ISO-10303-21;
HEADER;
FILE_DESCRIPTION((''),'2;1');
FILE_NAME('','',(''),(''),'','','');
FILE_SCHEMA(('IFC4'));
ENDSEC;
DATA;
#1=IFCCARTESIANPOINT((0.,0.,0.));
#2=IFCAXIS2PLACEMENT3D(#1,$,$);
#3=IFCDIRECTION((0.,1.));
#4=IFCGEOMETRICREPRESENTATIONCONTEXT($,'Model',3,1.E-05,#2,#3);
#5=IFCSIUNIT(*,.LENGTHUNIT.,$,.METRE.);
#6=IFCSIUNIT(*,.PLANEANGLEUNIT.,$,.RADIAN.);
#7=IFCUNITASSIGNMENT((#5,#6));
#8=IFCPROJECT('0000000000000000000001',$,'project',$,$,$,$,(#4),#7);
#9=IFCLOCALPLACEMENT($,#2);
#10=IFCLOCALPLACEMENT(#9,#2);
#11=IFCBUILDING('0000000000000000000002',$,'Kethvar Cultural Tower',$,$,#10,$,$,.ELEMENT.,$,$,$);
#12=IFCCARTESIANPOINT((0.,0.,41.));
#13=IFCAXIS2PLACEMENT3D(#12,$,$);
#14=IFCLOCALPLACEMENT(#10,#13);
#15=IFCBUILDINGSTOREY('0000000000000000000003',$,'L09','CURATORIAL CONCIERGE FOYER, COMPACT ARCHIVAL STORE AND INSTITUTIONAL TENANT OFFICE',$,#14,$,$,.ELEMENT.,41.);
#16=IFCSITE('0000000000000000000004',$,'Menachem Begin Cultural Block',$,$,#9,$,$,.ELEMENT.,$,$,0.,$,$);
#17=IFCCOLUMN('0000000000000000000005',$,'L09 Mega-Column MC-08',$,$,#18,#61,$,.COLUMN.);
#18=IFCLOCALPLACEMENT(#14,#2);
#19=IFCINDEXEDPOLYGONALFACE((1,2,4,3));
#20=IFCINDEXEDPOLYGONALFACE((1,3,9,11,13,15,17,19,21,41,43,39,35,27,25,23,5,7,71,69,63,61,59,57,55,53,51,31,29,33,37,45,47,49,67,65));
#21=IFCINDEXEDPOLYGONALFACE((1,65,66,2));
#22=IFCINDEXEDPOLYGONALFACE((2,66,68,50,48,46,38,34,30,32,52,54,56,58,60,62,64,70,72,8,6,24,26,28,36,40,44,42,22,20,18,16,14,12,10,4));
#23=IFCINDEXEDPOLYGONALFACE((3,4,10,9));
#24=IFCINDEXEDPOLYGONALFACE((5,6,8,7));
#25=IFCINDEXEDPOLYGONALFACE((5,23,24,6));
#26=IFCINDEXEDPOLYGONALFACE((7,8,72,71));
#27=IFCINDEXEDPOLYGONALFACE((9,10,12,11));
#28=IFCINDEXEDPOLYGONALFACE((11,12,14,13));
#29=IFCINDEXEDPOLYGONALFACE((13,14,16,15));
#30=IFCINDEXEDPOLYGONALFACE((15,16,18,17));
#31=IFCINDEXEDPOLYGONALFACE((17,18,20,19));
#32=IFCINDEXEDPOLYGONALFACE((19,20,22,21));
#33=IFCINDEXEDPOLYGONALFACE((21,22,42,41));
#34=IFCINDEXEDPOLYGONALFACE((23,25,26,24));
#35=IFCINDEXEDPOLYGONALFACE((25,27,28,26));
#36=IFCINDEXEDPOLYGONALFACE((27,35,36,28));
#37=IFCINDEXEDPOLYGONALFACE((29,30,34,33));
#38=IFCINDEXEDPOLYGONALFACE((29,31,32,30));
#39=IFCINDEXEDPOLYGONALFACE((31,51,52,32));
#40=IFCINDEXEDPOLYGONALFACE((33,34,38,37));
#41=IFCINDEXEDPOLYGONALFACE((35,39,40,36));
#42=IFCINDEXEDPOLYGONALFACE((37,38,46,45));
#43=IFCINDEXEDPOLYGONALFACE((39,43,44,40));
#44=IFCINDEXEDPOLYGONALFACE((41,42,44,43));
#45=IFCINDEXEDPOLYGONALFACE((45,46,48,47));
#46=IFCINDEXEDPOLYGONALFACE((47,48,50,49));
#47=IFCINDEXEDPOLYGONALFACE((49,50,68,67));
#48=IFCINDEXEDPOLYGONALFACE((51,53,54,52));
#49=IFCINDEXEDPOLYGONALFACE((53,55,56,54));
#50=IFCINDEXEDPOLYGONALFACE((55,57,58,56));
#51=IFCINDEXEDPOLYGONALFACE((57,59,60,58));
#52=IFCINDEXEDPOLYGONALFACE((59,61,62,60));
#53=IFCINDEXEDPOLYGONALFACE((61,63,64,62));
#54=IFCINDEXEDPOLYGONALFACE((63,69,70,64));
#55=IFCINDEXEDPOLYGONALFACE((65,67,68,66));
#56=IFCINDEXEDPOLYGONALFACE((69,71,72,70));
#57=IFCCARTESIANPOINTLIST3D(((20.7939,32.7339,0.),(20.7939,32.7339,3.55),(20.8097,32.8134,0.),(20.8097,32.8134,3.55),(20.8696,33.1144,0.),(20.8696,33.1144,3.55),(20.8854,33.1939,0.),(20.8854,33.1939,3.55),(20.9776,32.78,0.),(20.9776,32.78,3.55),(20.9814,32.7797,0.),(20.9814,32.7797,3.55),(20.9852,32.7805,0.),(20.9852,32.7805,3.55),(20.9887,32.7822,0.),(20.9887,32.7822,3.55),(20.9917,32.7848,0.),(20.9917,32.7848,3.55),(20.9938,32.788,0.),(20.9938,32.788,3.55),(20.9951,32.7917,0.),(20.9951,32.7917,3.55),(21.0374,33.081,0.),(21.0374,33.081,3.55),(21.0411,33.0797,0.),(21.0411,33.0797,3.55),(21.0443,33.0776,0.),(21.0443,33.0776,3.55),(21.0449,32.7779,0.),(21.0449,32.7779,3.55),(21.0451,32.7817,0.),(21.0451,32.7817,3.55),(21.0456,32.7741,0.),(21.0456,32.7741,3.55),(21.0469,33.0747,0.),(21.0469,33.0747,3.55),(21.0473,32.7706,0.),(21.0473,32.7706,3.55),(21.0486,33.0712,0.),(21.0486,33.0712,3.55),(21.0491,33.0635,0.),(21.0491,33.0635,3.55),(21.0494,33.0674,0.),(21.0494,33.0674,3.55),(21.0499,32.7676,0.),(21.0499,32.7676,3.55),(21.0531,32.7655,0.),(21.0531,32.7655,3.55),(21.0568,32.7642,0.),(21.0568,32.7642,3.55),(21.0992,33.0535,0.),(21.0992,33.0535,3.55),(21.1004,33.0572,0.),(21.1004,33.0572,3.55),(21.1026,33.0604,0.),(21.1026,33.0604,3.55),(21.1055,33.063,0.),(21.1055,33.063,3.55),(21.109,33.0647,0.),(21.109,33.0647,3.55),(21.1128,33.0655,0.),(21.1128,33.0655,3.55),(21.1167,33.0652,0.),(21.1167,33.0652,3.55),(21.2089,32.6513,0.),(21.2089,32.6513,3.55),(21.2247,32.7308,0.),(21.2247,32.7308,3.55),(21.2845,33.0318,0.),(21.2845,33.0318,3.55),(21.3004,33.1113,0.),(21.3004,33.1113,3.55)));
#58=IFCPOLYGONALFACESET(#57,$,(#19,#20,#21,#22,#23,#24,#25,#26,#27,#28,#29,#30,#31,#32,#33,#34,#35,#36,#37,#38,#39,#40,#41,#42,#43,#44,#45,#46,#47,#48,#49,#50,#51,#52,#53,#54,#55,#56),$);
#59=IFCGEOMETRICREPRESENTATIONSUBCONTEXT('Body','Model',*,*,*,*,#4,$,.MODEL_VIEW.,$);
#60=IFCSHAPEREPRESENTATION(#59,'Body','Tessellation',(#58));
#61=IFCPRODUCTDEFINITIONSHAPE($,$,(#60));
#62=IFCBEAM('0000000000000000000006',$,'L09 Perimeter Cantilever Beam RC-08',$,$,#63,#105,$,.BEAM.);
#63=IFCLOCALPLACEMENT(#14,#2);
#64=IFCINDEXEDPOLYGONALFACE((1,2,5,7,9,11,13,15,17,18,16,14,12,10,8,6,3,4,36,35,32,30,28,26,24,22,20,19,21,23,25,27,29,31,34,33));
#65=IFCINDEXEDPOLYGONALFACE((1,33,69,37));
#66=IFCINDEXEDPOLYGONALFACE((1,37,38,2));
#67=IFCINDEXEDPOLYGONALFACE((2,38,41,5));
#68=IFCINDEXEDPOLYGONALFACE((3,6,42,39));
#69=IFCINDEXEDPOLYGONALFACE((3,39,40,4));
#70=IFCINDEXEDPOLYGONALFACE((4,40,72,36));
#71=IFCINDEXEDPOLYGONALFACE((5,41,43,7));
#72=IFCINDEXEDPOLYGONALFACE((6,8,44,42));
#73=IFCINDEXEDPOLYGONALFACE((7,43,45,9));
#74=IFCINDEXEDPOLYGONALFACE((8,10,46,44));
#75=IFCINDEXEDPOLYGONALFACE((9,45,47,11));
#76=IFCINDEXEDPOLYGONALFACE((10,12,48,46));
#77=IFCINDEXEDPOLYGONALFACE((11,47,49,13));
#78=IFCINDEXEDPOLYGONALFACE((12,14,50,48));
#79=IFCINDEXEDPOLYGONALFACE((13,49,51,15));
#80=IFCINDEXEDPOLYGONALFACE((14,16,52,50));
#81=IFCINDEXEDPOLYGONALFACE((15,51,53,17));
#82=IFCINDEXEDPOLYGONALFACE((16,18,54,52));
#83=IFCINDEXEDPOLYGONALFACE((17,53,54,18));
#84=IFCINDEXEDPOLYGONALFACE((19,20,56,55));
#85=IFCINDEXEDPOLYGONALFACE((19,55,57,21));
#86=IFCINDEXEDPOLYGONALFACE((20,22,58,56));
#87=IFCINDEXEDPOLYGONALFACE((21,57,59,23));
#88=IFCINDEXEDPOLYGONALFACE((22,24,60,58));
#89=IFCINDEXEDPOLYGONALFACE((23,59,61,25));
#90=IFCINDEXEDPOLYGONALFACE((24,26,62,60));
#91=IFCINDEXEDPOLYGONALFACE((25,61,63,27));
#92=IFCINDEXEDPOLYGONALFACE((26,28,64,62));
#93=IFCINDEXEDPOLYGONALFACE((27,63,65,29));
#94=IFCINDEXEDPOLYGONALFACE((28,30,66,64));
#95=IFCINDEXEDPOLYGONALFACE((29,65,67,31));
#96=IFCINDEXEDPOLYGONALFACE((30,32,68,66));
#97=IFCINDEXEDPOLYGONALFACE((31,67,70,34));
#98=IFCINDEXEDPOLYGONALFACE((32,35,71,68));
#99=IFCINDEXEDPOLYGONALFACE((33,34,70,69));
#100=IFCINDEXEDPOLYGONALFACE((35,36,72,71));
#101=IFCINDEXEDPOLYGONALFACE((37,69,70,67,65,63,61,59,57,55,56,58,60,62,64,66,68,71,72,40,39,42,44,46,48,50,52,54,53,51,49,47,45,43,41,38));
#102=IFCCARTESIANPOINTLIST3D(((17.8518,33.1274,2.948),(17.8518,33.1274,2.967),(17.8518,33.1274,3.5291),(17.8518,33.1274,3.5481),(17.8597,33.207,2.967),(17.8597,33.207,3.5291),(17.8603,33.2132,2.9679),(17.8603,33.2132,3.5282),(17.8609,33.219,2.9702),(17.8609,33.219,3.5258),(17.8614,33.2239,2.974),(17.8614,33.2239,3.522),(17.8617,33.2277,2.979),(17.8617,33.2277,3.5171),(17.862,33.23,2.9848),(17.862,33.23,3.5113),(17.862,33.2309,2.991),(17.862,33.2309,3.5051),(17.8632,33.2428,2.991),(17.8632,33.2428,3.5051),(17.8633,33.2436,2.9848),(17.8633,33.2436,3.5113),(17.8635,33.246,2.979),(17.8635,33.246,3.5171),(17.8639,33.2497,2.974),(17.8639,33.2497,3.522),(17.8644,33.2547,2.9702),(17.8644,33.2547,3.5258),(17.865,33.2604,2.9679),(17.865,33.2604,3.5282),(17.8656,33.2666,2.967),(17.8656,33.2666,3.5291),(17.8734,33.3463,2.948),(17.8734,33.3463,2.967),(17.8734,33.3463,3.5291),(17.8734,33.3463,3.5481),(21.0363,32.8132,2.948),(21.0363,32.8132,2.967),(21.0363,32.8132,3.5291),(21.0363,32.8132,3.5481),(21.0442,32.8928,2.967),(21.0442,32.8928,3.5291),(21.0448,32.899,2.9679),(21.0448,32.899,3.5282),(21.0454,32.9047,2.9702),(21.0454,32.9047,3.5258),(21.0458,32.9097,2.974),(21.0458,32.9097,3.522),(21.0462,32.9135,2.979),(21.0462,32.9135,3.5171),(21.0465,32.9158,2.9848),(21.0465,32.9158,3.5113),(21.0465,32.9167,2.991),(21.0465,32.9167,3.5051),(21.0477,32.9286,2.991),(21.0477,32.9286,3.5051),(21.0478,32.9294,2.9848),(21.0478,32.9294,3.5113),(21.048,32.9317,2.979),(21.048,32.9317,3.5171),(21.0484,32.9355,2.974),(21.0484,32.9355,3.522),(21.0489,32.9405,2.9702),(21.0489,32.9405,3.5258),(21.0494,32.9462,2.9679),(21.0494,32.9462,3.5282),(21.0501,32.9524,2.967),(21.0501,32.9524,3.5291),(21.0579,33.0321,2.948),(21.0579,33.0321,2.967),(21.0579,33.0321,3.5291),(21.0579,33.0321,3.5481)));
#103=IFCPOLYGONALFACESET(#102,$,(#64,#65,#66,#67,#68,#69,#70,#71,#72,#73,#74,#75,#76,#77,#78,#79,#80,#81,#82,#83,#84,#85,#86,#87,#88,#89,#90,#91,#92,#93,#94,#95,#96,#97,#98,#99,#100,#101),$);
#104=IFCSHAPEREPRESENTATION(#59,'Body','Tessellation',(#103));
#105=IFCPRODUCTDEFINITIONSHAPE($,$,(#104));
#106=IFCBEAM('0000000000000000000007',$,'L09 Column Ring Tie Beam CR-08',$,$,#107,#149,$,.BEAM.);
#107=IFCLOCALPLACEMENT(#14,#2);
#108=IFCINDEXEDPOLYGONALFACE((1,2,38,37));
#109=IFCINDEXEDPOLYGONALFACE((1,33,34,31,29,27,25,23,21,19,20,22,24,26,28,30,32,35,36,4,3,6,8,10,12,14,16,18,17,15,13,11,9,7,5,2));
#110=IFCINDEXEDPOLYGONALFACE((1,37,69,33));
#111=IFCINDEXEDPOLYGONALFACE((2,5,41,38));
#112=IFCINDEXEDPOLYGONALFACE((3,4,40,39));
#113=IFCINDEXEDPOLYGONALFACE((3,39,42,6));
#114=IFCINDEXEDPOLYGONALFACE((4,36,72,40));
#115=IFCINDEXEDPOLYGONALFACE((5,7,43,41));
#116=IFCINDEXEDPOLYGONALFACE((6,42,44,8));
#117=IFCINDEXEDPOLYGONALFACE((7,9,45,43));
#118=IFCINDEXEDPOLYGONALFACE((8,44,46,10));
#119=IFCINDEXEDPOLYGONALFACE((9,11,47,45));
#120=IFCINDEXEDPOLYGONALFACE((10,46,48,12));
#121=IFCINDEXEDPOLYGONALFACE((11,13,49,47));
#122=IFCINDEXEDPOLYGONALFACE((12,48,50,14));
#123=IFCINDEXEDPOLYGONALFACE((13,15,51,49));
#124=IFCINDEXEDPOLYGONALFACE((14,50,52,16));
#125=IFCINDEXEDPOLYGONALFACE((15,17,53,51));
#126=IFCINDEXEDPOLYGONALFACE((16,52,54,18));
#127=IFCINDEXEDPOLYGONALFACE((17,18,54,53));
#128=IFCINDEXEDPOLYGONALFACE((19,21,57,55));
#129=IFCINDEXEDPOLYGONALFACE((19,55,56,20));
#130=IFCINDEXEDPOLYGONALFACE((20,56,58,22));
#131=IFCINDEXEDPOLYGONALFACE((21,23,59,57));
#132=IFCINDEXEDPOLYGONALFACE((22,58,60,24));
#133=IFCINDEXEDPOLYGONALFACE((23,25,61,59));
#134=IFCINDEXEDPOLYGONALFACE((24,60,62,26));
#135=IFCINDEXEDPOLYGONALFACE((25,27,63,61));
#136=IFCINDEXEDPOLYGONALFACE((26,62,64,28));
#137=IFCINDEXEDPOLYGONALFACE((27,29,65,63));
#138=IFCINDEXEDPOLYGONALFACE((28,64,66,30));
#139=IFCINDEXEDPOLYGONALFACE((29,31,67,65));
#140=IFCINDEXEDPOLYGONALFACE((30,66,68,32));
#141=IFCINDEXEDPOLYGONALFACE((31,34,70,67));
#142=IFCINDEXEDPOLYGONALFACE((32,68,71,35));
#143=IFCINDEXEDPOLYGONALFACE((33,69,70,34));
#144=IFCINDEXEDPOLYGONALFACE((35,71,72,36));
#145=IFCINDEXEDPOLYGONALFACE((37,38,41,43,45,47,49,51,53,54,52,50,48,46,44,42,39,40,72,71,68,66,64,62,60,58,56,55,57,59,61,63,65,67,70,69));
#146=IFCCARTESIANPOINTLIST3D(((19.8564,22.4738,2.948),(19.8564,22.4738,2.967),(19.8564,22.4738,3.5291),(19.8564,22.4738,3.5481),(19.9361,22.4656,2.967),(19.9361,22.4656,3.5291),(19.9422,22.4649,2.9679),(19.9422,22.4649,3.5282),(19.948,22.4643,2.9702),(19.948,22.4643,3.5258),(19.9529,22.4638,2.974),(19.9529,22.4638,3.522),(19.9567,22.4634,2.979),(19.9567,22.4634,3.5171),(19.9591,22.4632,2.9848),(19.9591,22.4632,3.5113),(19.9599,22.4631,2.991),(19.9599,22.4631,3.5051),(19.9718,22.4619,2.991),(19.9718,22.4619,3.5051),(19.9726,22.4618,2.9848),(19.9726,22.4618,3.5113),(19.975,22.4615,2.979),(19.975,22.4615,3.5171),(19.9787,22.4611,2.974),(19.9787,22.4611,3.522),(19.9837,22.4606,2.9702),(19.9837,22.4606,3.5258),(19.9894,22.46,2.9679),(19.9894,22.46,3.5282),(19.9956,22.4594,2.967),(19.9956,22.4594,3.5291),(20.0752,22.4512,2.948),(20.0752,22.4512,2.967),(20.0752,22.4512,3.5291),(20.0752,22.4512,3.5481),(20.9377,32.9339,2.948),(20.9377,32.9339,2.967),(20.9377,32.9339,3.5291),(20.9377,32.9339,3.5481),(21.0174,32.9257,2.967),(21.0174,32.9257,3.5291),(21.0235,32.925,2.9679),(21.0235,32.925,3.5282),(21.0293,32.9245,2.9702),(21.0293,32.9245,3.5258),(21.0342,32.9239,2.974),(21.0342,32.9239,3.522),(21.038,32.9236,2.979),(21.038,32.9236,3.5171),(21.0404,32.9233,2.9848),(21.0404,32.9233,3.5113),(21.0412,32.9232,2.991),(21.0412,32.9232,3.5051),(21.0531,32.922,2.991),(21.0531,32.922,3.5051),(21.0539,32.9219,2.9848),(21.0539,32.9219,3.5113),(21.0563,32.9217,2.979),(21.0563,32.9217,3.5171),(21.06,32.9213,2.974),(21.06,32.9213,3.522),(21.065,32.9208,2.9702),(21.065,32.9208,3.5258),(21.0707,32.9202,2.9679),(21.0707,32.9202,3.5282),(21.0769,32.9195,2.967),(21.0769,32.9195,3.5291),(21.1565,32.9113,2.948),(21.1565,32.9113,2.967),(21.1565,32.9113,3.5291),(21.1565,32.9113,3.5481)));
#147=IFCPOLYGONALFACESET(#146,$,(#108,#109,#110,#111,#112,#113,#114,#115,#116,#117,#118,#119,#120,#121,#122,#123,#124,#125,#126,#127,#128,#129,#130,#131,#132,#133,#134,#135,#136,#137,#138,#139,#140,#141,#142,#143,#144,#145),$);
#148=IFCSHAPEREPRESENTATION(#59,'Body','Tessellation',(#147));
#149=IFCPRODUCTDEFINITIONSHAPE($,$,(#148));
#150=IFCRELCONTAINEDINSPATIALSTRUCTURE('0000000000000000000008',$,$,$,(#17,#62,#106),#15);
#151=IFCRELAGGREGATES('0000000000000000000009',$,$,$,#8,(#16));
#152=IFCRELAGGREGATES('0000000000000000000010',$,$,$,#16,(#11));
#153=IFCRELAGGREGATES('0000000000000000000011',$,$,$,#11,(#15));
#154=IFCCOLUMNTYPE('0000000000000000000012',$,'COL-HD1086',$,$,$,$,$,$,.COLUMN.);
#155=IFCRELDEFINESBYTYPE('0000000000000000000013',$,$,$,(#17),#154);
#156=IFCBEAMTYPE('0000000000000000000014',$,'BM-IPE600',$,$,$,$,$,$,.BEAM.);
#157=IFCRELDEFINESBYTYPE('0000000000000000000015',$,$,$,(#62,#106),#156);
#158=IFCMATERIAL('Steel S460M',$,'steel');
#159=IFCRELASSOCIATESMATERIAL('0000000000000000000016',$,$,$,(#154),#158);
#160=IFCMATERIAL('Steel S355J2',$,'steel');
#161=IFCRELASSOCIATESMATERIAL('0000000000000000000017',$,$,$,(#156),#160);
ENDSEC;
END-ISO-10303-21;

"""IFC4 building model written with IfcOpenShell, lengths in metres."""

from ifc_helpers import new_model, si_unit, direction, frame, origin, origin_2d, place, context, subcontext, project, spatial, i_section, extrude, source, transform, mapped, material, material_profile, profile_set, type_object, element, save


model = new_model("IFC4")

# Units and contexts
model_context = context("Model", 3, precision=1e-05, world=origin(), true_north=direction((0.0, 1.0)))
body_context = subcontext(model_context, "Body", "Model", "MODEL_VIEW")
ifc_project = project(units=[si_unit("LENGTHUNIT", "METRE"), si_unit("PLANEANGLEUNIT", "RADIAN")], contexts=[model_context])

# Site, building, storey
site_placement = place(None, origin())
site = spatial("IfcSite", under=ifc_project, at=site_placement, Name="Menachem Begin Cultural Block", CompositionType="ELEMENT", RefElevation=0.0)
building_placement = place(site_placement, origin())
building = spatial("IfcBuilding", under=site, at=building_placement, Name="Kethvar Cultural Tower", CompositionType="ELEMENT")
storey_placement = place(building_placement, frame((0.0, 0.0, 41.0)))
storey = spatial("IfcBuildingStorey", under=building, at=storey_placement, Name="L09", Description="CURATORIAL CONCIERGE FOYER, COMPACT ARCHIVAL STORE AND INSTITUTIONAL TENANT OFFICE", CompositionType="ELEMENT", Elevation=41.0)

# Column
ifc_material_1 = material(Name="Steel S460M", Category="steel")
ifc_material_profile_1 = material_profile(ifc_material_1, i_section(OverallWidth=0.4231, OverallDepth=0.469, WebThickness=0.051, FlangeThickness=0.0811, FilletRadius=0.0149, at=origin_2d()), Name="Steel S460M — HD400x1086")
ifc_profile_set_1 = profile_set([ifc_material_profile_1], Name="Steel S460M — HD400x1086")
column_type = type_object("IfcColumnType", Name="COL-HD1086", PredefinedType="COLUMN", material=ifc_profile_set_1)
shared_shape_1 = source(origin(), body_context, "Body", "SweptSolid", [
    extrude(i_section(OverallWidth=0.4231, OverallDepth=0.469, WebThickness=0.051, FlangeThickness=0.0811, FilletRadius=0.0149, at=origin_2d()), origin(), (0.0, 0.0, 1.0), 3.55),
])
column_placement = place(storey_placement, frame((21.0471, 32.9226, 0.0), z_axis=(0.0, 0.0, 1.0), x_axis=(-0.980785, 0.19509, 0.0)))
element("IfcColumn", 1, at=column_placement, inside=storey, type_object=column_type, Name="L09 Mega-Column MC-08", PredefinedType="COLUMN", context=body_context, shape_type="MappedRepresentation", body=[
    mapped(shared_shape_1, transform((0.0, 0.0, 0.0), scale=1.0)),
])

# Beams
ifc_material_2 = material(Name="Steel S355J2", Category="steel")
ifc_material_profile_2 = material_profile(ifc_material_2, i_section(OverallWidth=0.22, OverallDepth=0.6001, WebThickness=0.012, FlangeThickness=0.019, FilletRadius=0.0239, at=origin_2d()), Name="Steel S355J2 — IPE600")
ifc_profile_set_2 = profile_set([ifc_material_profile_2], Name="Steel S355J2 — IPE600")
beam_type_1 = type_object("IfcBeamType", Name="BM-IPE600", PredefinedType="BEAM", material=ifc_profile_set_2)
shared_shape_2 = source(origin(), body_context, "Body", "SweptSolid", [
    extrude(i_section(OverallWidth=0.22, OverallDepth=0.6001, WebThickness=0.012, FlangeThickness=0.019, FilletRadius=0.0239, at=origin_2d()), origin(), (0.0, 0.0, 1.0), 3.2),
])
beam_1_placement = place(storey_placement, frame((21.0471, 32.9226, 3.248), z_axis=(-0.995168, 0.098189, 0.0), x_axis=(-0.098189, -0.995168, 0.0)))
element("IfcBeam", 2, at=beam_1_placement, inside=storey, type_object=beam_type_1, Name="L09 Perimeter Cantilever Beam RC-08", PredefinedType="BEAM", context=body_context, shape_type="MappedRepresentation", body=[
    mapped(shared_shape_2, transform((0.0, 0.0, 0.0), scale=1.0)),
])
shared_shape_3 = source(origin(), body_context, "Body", "SweptSolid", [
    extrude(i_section(OverallWidth=0.22, OverallDepth=0.6001, WebThickness=0.012, FlangeThickness=0.019, FilletRadius=0.0239, at=origin_2d()), origin(), (0.0, 0.0, 1.0), 10.5159),
])
beam_2_placement = place(storey_placement, frame((21.0471, 32.9226, 3.248), z_axis=(-0.102825, -0.994699, 0.0), x_axis=(0.994699, -0.102825, 0.0)))
element("IfcBeam", 3, at=beam_2_placement, inside=storey, type_object=beam_type_1, Name="L09 Column Ring Tie Beam CR-08", PredefinedType="BEAM", context=body_context, shape_type="MappedRepresentation", body=[
    mapped(shared_shape_3, transform((0.0, 0.0, 0.0), scale=1.0)),
])

save(model, "model.ifc")
